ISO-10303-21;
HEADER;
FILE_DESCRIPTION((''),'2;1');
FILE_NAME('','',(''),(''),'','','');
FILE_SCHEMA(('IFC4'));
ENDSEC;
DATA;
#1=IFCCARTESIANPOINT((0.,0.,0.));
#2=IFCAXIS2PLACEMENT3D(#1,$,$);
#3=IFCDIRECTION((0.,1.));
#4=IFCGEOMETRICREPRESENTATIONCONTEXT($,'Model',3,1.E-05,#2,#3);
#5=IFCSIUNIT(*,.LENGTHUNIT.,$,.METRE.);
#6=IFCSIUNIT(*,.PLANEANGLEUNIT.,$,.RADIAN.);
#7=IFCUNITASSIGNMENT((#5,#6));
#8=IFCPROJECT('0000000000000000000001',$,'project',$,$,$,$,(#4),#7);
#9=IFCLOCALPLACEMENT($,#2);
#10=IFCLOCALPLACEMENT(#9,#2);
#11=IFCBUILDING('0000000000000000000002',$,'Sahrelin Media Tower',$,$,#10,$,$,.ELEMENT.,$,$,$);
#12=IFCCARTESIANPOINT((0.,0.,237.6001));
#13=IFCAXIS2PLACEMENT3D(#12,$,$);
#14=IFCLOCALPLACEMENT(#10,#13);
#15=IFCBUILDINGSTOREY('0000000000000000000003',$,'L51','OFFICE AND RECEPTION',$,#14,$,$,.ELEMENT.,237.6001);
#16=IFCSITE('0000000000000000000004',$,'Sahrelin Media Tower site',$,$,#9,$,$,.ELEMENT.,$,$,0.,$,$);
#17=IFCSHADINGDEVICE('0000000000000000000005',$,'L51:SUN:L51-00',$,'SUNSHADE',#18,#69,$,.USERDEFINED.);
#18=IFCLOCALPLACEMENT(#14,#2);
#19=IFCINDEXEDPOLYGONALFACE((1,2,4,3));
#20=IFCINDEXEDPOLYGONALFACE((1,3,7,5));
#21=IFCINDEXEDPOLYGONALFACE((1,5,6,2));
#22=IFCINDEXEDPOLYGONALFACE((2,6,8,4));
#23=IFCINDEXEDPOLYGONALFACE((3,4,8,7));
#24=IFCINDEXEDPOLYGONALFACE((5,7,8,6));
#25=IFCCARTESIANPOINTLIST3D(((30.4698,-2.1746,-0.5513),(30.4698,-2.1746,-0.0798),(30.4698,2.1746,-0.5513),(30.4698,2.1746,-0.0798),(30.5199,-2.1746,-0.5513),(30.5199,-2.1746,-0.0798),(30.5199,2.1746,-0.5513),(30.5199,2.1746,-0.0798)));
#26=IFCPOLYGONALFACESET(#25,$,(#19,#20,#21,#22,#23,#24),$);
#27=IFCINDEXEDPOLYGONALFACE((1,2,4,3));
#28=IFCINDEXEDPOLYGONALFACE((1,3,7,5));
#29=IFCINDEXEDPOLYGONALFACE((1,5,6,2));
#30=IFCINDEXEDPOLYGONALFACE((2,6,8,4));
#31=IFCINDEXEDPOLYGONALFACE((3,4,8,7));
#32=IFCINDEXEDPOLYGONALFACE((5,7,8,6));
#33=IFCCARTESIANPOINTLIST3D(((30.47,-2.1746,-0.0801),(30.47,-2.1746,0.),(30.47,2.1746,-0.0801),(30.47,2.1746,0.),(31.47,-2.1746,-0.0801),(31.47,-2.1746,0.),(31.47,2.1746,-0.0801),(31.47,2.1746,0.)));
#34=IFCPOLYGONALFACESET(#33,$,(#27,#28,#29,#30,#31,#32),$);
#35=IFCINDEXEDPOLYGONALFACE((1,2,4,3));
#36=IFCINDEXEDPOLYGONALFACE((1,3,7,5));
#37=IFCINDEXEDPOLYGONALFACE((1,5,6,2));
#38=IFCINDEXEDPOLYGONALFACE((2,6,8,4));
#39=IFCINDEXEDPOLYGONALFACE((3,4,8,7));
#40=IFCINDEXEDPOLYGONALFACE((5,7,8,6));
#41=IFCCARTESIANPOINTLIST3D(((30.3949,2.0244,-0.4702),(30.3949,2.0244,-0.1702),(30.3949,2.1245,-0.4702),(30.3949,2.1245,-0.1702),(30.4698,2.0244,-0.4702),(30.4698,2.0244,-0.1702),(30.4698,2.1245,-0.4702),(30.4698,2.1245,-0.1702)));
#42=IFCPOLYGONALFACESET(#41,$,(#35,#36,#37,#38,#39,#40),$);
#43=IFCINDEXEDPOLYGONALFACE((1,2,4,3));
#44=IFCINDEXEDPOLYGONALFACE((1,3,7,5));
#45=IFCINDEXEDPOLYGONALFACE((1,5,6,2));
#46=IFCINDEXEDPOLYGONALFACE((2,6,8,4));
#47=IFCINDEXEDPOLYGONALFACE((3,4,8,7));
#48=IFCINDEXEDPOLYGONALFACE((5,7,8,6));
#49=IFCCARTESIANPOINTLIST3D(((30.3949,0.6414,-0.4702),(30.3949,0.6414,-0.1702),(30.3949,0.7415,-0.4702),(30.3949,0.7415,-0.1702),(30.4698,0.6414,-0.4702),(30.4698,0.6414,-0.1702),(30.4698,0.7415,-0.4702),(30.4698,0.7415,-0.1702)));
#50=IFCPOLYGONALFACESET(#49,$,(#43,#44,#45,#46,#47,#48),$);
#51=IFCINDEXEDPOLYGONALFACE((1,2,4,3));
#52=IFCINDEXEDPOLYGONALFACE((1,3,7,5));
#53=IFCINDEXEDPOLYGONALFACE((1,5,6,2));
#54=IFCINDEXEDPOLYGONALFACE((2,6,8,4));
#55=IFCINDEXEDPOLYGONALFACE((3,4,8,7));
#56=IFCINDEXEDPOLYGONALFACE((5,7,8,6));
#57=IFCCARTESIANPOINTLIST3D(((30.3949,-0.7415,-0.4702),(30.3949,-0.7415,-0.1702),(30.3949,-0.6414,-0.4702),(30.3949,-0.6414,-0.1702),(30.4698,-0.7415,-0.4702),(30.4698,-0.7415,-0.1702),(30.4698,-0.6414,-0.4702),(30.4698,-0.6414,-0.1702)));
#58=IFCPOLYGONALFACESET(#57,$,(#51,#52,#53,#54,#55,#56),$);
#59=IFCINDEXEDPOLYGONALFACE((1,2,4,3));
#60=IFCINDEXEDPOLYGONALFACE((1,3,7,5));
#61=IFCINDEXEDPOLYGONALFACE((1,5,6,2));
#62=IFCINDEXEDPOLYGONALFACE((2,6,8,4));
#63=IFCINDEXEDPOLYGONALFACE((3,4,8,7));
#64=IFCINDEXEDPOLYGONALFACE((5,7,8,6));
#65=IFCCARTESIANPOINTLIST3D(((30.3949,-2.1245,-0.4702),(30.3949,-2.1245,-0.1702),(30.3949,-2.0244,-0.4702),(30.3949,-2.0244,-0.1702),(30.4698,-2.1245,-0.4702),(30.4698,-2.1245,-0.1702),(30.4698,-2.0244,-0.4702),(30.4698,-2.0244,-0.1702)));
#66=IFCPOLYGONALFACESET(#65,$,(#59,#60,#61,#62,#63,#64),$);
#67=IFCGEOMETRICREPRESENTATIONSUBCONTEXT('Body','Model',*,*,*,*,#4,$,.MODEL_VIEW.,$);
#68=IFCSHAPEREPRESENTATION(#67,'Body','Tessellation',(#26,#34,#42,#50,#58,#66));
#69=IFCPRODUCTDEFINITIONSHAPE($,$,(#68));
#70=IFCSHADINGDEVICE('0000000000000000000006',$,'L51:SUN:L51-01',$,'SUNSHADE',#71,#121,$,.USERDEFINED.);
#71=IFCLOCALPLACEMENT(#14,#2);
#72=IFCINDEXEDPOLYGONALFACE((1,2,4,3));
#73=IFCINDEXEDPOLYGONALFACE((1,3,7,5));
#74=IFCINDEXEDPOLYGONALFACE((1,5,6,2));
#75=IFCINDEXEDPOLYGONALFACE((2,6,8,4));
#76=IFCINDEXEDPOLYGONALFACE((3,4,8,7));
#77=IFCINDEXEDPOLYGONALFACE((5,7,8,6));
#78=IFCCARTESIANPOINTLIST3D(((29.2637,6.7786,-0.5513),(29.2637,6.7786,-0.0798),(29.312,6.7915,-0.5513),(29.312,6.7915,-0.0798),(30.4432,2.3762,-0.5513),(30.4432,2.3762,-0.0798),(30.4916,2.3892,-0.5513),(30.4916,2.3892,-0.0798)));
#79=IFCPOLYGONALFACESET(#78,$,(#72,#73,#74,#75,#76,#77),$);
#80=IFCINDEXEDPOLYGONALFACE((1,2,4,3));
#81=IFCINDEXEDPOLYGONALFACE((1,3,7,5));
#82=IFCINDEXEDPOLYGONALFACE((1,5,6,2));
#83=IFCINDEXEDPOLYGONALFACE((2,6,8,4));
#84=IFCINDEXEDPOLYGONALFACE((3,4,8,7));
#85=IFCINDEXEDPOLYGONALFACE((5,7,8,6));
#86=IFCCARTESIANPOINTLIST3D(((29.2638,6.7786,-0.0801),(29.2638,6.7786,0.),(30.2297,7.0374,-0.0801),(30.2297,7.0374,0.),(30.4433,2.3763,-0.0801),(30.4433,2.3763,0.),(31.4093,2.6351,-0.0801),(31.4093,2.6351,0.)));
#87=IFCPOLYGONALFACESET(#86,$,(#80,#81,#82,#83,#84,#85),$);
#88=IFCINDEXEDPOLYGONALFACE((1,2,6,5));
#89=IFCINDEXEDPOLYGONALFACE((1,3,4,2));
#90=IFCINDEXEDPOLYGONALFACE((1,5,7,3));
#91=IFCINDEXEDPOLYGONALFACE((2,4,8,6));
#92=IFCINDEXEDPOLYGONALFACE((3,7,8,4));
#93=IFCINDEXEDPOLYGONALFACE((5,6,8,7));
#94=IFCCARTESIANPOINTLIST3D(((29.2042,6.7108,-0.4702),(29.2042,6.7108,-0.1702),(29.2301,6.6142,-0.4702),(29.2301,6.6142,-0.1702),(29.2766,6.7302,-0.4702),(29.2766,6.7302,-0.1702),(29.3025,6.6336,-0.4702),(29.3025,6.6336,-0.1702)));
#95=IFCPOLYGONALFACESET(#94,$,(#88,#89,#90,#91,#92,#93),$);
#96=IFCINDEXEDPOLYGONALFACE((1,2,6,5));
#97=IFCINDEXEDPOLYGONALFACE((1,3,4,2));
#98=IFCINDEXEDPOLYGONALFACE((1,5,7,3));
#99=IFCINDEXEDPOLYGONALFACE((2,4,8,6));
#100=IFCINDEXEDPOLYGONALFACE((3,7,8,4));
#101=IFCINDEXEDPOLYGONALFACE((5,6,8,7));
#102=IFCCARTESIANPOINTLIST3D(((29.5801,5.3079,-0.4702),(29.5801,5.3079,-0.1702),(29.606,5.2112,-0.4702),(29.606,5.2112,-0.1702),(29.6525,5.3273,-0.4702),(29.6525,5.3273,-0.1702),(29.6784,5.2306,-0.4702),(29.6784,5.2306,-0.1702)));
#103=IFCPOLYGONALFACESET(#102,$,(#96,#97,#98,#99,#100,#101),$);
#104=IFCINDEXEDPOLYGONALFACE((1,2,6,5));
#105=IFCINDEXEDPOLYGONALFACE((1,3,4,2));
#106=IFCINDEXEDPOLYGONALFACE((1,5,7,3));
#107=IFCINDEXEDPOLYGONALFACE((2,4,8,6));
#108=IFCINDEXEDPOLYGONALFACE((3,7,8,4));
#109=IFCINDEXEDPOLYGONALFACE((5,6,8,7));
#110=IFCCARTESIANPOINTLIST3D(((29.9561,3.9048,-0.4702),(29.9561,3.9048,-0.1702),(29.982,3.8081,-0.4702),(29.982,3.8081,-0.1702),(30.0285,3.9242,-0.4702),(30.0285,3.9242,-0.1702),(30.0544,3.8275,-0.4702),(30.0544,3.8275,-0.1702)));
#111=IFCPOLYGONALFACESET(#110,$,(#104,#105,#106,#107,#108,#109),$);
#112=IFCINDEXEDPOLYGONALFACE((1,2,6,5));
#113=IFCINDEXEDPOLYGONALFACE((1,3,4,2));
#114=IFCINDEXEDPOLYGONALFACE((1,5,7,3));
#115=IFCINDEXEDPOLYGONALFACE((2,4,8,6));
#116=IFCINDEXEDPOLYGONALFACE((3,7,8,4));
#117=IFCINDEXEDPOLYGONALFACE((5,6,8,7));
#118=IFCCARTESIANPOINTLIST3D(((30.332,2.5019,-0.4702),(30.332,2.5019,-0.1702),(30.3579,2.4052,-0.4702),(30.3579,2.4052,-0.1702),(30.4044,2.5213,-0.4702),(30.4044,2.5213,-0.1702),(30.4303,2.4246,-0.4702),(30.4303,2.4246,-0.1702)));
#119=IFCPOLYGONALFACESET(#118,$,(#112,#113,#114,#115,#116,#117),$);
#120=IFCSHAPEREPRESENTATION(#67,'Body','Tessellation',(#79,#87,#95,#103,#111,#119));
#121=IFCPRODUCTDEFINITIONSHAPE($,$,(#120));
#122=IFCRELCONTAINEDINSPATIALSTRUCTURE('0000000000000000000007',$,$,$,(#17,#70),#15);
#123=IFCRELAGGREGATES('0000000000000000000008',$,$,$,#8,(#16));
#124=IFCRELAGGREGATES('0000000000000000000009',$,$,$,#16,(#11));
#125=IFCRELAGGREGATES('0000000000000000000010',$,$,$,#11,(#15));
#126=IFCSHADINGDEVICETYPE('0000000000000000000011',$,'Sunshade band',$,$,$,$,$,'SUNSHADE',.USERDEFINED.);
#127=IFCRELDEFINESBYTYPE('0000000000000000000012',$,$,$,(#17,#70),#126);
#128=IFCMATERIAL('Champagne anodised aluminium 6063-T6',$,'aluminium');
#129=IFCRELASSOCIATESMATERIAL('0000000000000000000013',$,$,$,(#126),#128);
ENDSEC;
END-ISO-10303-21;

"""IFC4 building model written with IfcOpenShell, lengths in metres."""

from ifc_helpers import new_model, si_unit, direction, frame, origin, origin_2d, place, context, subcontext, project, spatial, rectangle, extrude, material, type_object, element, save


model = new_model("IFC4")

# Units and contexts
model_context = context("Model", 3, precision=1e-05, world=origin(), true_north=direction((0.0, 1.0)))
body_context = subcontext(model_context, "Body", "Model", "MODEL_VIEW")
ifc_project = project(units=[si_unit("LENGTHUNIT", "METRE"), si_unit("PLANEANGLEUNIT", "RADIAN")], contexts=[model_context])

# Site, building, storey
site_placement = place(None, origin())
site = spatial("IfcSite", under=ifc_project, at=site_placement, Name="Sahrelin Media Tower site", CompositionType="ELEMENT", RefElevation=0.0)
building_placement = place(site_placement, origin())
building = spatial("IfcBuilding", under=site, at=building_placement, Name="Sahrelin Media Tower", CompositionType="ELEMENT")
storey_placement = place(building_placement, frame((0.0, 0.0, 237.6001)))
storey = spatial("IfcBuildingStorey", under=building, at=storey_placement, Name="L51", Description="OFFICE AND RECEPTION", CompositionType="ELEMENT", Elevation=237.6001)

# Shared definitions
ifc_material_1 = material(Name="Champagne anodised aluminium 6063-T6", Category="aluminium")

# Shading devices
placement_1 = place(storey_placement, frame((30.45, 0.0, 0.0), z_axis=(0.0, 0.0, 1.0), x_axis=(0.0, -1.0, 0.0)))
placement_2 = place(storey_placement, frame((29.8342, 4.5723, 0.0), z_axis=(0.0, 0.0, 1.0), x_axis=(0.258808, -0.965929, 0.0)))
shading_device_type_1 = type_object("IfcShadingDeviceType", Name="Sunshade band", ElementType="SUNSHADE", PredefinedType="USERDEFINED", material=ifc_material_1)
element("IfcShadingDevice", 1, at=placement_1, inside=storey, type_object=shading_device_type_1, Name="L51:SUN:L51-00", ObjectType="SUNSHADE", PredefinedType="USERDEFINED", context=body_context, shape_type="SweptSolid", body=[
    extrude(rectangle(XDim=4.3491, YDim=0.05, at=origin_2d()), frame((0.0, 0.0449, -0.5513)), (0.0, 0.0, 1.0), 0.4714),
    extrude(rectangle(XDim=4.3491, YDim=1.0, at=origin_2d()), frame((0.0, 0.52, -0.0801)), (0.0, 0.0, 1.0), 0.0801),
    extrude(rectangle(XDim=0.1001, YDim=0.075, at=origin_2d()), frame((-2.0745, -0.0176, -0.4702)), (0.0, 0.0, 1.0), 0.3),
    extrude(rectangle(XDim=0.1001, YDim=0.075, at=origin_2d()), frame((-0.6914, -0.0176, -0.4702)), (0.0, 0.0, 1.0), 0.3),
    extrude(rectangle(XDim=0.1001, YDim=0.075, at=origin_2d()), frame((0.6914, -0.0176, -0.4702)), (0.0, 0.0, 1.0), 0.3),
    extrude(rectangle(XDim=0.1001, YDim=0.075, at=origin_2d()), frame((2.0745, -0.0176, -0.4702)), (0.0, 0.0, 1.0), 0.3),
])
element("IfcShadingDevice", 2, at=placement_2, inside=storey, type_object=shading_device_type_1, Name="L51:SUN:L51-01", ObjectType="SUNSHADE", PredefinedType="USERDEFINED", context=body_context, shape_type="SweptSolid", body=[
    extrude(rectangle(XDim=4.5576, YDim=0.05, at=origin_2d()), frame((0.0, 0.0449, -0.5513)), (0.0, 0.0, 1.0), 0.4714),
    extrude(rectangle(XDim=4.5576, YDim=1.0, at=origin_2d()), frame((0.0, 0.52, -0.0801)), (0.0, 0.0, 1.0), 0.0801),
    extrude(rectangle(XDim=0.1001, YDim=0.075, at=origin_2d()), frame((-2.1787, -0.0176, -0.4702)), (0.0, 0.0, 1.0), 0.3),
    extrude(rectangle(XDim=0.1001, YDim=0.075, at=origin_2d()), frame((-0.7263, -0.0176, -0.4702)), (0.0, 0.0, 1.0), 0.3),
    extrude(rectangle(XDim=0.1001, YDim=0.075, at=origin_2d()), frame((0.7263, -0.0176, -0.4702)), (0.0, 0.0, 1.0), 0.3),
    extrude(rectangle(XDim=0.1001, YDim=0.075, at=origin_2d()), frame((2.1787, -0.0176, -0.4702)), (0.0, 0.0, 1.0), 0.3),
])

save(model, "model.ifc")
